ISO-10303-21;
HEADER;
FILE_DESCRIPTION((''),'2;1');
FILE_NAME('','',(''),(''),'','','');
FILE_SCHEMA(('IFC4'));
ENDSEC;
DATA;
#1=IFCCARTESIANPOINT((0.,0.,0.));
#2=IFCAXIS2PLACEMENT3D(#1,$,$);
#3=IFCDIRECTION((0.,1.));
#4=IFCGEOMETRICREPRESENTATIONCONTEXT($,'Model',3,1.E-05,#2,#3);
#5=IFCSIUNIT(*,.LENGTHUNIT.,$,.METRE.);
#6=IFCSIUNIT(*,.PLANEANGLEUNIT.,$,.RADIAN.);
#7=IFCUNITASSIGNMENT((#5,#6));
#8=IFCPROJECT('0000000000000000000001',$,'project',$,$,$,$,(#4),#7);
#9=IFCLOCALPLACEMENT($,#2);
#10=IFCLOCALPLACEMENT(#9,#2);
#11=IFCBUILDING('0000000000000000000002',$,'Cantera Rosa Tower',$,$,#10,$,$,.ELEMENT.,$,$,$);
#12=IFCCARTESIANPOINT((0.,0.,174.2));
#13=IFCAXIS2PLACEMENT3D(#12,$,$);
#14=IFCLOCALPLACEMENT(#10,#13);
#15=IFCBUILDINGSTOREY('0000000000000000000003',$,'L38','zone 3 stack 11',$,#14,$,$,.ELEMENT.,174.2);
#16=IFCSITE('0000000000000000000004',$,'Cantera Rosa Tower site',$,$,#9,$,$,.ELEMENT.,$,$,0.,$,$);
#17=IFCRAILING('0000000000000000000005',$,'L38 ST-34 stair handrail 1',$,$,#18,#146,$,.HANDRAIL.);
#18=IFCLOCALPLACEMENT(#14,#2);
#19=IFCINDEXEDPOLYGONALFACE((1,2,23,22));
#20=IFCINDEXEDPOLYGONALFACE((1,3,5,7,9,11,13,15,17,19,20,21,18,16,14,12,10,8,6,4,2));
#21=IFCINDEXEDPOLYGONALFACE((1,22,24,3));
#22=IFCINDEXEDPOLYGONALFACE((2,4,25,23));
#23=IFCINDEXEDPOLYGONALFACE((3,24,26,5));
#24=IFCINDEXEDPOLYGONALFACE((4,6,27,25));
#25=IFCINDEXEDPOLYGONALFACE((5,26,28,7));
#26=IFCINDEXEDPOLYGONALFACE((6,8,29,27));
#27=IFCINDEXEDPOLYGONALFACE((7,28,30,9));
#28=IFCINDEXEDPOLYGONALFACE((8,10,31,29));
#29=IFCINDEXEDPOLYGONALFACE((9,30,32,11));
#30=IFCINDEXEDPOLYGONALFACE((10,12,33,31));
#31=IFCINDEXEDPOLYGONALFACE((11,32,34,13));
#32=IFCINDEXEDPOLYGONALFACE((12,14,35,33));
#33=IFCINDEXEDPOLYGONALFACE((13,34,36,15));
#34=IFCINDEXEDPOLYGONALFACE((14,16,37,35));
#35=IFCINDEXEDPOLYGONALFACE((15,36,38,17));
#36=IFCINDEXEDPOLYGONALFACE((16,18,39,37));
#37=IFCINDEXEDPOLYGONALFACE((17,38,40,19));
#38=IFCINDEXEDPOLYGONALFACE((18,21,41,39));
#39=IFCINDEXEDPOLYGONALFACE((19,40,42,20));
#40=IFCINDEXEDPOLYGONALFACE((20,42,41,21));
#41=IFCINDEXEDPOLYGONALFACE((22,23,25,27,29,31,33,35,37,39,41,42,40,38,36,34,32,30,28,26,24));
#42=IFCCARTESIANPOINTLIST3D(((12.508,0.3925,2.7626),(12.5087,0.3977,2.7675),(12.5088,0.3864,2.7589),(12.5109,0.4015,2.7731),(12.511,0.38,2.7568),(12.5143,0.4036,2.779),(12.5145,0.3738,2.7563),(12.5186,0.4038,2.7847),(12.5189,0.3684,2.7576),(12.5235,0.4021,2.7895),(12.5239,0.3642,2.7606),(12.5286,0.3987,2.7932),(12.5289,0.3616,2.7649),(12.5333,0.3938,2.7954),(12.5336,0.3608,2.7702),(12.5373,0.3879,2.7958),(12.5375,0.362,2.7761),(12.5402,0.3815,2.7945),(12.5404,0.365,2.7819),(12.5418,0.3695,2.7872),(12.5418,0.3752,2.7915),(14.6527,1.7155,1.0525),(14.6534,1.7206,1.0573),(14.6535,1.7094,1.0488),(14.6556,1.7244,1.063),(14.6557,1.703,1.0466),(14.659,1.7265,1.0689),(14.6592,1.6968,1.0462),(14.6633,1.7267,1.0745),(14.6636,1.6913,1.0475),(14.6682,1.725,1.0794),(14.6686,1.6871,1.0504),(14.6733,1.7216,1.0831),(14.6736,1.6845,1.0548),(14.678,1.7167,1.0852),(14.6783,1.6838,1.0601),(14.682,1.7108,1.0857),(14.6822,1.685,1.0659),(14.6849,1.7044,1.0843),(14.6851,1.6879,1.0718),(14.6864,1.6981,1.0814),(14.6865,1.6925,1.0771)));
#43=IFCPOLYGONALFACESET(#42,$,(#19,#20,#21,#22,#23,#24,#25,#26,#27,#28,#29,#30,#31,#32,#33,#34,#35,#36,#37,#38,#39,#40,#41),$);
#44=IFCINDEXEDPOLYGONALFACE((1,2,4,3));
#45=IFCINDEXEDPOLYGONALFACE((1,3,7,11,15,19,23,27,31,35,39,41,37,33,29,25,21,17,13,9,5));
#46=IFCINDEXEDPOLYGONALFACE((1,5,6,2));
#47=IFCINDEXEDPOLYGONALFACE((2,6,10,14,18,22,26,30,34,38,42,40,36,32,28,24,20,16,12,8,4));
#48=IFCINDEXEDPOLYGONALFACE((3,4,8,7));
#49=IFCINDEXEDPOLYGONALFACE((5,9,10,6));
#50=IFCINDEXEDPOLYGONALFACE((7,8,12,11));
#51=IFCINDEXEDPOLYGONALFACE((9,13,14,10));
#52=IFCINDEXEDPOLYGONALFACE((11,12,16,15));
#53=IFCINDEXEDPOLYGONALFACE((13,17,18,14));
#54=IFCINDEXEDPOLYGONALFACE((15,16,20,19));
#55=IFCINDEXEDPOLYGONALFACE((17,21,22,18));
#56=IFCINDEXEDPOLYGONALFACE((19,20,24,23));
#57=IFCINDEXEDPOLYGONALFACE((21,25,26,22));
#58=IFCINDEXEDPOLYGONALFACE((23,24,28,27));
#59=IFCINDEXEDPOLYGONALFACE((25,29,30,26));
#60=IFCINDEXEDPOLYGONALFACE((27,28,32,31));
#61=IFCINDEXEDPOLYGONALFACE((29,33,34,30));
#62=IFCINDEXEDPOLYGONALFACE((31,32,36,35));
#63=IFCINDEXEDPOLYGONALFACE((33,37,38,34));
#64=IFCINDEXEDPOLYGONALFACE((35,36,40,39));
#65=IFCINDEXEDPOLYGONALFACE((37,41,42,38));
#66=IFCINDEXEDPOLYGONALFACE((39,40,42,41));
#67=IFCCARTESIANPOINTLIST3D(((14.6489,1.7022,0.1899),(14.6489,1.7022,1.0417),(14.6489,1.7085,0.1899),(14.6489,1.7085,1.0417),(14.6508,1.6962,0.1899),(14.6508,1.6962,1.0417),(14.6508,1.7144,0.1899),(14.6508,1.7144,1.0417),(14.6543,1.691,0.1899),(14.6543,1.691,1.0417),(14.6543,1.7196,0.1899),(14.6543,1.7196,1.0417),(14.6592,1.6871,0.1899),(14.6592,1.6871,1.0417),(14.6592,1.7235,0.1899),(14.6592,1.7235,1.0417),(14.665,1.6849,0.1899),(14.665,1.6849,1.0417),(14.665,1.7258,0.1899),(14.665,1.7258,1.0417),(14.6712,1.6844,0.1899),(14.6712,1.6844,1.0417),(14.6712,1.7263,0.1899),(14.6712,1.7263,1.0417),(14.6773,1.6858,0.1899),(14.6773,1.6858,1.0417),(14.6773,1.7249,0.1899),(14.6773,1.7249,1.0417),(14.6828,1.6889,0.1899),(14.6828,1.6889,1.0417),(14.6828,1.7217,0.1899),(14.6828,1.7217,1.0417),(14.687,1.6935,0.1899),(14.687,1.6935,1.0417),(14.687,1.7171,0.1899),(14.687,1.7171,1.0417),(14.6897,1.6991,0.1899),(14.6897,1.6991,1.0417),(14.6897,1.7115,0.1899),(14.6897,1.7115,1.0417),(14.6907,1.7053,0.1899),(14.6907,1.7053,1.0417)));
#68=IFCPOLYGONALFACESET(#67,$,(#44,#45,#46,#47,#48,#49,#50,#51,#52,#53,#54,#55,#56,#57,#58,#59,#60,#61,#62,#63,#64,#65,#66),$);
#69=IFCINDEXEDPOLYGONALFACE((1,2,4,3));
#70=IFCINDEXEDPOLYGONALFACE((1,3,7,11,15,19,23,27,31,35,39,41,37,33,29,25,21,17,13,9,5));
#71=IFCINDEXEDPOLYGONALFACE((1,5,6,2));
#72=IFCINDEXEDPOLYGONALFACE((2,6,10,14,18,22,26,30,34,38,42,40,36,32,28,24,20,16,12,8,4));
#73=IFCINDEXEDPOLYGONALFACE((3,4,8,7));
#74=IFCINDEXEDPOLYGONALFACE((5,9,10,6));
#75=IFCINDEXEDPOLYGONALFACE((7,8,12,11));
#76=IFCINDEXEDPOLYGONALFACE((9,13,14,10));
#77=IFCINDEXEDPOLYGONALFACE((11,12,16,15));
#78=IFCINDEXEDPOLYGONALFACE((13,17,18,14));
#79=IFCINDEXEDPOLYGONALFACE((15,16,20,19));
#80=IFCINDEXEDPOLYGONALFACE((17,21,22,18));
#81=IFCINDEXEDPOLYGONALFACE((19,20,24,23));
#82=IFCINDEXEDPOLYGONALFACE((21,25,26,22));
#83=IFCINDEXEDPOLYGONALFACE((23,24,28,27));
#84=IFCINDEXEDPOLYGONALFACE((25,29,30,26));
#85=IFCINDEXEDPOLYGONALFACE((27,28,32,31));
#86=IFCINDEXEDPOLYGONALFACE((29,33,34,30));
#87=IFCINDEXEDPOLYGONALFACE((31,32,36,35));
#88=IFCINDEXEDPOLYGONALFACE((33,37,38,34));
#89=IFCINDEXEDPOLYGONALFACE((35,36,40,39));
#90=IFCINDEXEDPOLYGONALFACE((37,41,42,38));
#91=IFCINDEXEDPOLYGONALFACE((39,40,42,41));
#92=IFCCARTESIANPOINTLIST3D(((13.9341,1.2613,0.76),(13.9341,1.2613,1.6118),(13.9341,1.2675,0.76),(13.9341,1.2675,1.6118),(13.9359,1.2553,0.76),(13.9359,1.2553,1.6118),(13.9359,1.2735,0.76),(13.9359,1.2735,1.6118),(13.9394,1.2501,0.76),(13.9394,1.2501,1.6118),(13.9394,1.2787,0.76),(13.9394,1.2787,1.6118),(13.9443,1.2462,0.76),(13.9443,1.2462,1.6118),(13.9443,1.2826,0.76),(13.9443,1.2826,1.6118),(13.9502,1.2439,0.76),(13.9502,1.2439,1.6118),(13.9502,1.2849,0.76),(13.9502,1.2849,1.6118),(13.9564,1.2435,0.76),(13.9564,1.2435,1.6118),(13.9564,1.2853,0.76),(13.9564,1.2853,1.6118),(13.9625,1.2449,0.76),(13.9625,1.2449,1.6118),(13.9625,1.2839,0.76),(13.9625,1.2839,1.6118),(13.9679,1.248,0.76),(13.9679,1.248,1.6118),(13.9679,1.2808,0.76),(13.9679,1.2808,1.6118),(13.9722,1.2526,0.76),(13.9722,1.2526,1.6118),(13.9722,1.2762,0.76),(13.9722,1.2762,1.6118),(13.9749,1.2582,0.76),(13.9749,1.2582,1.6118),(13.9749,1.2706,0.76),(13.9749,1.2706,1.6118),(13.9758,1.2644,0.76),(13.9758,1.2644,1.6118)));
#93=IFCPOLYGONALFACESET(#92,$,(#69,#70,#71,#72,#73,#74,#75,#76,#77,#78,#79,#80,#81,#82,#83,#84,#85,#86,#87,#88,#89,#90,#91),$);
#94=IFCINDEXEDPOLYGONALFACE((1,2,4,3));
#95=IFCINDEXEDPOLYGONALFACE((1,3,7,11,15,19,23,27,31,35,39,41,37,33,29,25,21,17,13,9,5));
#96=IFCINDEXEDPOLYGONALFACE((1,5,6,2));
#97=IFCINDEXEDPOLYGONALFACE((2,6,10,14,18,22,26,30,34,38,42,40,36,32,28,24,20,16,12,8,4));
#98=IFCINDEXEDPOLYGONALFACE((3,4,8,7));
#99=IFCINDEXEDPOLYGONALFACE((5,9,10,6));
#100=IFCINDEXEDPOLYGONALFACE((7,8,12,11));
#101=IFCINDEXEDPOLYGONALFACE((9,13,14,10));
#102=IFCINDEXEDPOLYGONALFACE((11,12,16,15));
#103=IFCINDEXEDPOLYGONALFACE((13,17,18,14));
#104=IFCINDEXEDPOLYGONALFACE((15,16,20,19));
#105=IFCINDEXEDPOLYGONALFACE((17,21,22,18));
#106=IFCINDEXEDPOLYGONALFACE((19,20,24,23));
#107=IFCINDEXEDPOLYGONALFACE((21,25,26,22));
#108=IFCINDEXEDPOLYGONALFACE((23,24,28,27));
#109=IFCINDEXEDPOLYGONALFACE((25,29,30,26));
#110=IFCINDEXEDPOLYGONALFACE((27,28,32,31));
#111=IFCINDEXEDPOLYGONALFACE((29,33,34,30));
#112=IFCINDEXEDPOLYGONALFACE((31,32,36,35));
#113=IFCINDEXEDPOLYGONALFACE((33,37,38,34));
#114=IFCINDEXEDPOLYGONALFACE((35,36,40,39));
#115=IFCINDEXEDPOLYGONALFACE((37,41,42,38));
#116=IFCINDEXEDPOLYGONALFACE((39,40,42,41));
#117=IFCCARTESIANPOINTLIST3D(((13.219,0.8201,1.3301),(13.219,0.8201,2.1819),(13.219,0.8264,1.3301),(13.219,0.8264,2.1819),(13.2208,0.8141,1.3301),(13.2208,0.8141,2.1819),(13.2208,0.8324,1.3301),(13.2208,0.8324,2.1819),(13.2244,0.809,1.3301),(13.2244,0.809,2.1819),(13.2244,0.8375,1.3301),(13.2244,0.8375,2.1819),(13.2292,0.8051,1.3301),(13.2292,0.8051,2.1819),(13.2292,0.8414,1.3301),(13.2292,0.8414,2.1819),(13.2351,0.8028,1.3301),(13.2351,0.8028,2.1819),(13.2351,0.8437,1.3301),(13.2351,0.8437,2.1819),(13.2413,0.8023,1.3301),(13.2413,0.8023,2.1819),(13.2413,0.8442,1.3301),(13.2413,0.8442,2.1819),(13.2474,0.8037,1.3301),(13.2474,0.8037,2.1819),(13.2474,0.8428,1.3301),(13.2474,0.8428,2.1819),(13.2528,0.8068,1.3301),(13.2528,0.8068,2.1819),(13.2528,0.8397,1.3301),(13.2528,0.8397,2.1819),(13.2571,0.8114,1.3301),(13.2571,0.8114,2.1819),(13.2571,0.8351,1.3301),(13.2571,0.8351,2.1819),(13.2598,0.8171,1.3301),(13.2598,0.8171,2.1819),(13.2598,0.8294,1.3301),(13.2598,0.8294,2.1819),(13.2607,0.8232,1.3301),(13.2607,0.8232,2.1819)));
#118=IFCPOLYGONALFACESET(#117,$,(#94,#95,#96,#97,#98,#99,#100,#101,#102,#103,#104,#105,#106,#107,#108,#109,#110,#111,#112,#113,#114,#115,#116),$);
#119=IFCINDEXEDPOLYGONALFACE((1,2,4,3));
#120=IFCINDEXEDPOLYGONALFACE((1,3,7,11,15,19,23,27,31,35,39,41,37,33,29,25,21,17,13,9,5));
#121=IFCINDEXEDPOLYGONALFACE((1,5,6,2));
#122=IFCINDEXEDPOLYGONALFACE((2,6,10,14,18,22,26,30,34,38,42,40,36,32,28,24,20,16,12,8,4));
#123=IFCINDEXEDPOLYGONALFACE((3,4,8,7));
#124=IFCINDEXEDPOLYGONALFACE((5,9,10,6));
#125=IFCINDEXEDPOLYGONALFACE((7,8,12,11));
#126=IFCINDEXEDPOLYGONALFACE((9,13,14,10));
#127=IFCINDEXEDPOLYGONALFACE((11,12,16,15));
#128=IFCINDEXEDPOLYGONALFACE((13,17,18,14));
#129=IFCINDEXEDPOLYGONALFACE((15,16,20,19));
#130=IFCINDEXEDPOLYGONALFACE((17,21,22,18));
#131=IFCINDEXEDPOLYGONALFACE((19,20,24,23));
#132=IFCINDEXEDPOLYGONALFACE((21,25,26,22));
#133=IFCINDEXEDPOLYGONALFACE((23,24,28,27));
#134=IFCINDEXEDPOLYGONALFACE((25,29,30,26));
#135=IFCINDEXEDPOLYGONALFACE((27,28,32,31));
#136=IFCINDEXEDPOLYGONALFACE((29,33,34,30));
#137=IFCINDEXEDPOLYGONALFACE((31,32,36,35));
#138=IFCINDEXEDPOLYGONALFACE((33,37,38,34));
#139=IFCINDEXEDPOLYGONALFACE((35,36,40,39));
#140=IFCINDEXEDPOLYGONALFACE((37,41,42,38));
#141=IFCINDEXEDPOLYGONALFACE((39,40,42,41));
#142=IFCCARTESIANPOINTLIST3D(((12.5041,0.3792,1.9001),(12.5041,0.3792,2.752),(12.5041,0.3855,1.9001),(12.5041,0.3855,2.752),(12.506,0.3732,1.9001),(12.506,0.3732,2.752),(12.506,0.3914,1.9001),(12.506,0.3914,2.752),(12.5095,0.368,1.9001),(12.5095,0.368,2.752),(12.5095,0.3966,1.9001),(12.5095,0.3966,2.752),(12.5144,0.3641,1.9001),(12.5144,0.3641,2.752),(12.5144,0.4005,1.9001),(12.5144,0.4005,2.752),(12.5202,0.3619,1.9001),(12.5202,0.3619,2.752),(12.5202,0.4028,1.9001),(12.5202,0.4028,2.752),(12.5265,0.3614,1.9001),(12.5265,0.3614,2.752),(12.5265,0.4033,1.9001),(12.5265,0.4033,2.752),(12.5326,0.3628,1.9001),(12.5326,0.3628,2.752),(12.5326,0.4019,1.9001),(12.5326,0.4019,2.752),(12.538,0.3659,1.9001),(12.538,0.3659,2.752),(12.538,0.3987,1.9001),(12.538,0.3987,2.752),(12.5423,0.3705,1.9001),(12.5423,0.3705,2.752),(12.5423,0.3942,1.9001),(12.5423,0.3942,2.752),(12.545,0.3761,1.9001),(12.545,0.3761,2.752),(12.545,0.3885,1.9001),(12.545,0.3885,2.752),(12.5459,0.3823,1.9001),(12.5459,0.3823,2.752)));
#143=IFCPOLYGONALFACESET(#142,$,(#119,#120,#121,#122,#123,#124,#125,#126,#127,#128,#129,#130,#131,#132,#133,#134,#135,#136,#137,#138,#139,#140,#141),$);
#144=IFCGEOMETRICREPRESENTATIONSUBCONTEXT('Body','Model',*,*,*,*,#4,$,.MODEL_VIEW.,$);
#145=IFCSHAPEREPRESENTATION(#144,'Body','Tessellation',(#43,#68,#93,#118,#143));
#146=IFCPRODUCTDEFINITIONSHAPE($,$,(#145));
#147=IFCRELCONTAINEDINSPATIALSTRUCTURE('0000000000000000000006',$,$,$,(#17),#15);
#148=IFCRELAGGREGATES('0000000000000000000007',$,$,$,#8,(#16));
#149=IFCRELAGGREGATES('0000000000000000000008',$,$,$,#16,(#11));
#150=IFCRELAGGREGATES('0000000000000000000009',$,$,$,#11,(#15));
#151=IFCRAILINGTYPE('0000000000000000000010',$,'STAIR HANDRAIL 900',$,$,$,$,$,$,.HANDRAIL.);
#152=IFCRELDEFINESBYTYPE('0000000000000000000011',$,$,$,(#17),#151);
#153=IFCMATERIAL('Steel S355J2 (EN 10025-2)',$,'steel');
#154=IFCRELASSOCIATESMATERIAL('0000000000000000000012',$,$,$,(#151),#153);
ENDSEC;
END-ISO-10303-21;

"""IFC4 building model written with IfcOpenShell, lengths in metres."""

from ifc_helpers import new_model, si_unit, direction, frame, origin, origin_2d, place, context, subcontext, project, spatial, circle, extrude, material, type_object, element, save


model = new_model("IFC4")

# Units and contexts
model_context = context("Model", 3, precision=1e-05, world=origin(), true_north=direction((0.0, 1.0)))
body_context = subcontext(model_context, "Body", "Model", "MODEL_VIEW")
ifc_project = project(units=[si_unit("LENGTHUNIT", "METRE"), si_unit("PLANEANGLEUNIT", "RADIAN")], contexts=[model_context])

# Site, building, storey
site_placement = place(None, origin())
site = spatial("IfcSite", under=ifc_project, at=site_placement, Name="Cantera Rosa Tower site", CompositionType="ELEMENT", RefElevation=0.0)
building_placement = place(site_placement, origin())
building = spatial("IfcBuilding", under=site, at=building_placement, Name="Cantera Rosa Tower", CompositionType="ELEMENT")
storey_placement = place(building_placement, frame((0.0, 0.0, 174.2)))
storey = spatial("IfcBuildingStorey", under=building, at=storey_placement, Name="L38", Description="zone 3 stack 11", CompositionType="ELEMENT", Elevation=174.2)

# Railing
ifc_material_1 = material(Name="Steel S355J2 (EN 10025-2)", Category="steel")
railing_type_1 = type_object("IfcRailingType", Name="STAIR HANDRAIL 900", PredefinedType="HANDRAIL", material=ifc_material_1)
railing_1_placement = place(storey_placement, frame((14.6697, 1.7053, 0.1899)))
element("IfcRailing", 1, at=railing_1_placement, inside=storey, type_object=railing_type_1, Name="L38 ST-34 stair handrail 1", PredefinedType="HANDRAIL", context=body_context, shape_type="SweptSolid", body=[
    extrude(circle(Radius=0.0239, at=origin_2d()), frame((0.0, 0.0, 0.876), z_axis=(-0.70424, -0.434408, 0.561548), x_axis=(0.525, -0.851102, 0.0)), (0.0, 0.0, 1.0), 3.0454),
    extrude(circle(Radius=0.021, at=origin_2d()), origin(), (0.0, 0.0, 1.0), 0.8518),
    extrude(circle(Radius=0.021, at=origin_2d()), frame((-0.7148, -0.4409, 0.5701)), (0.0, 0.0, 1.0), 0.8518),
    extrude(circle(Radius=0.021, at=origin_2d()), frame((-1.4299, -0.8821, 1.1401)), (0.0, 0.0, 1.0), 0.8518),
    extrude(circle(Radius=0.021, at=origin_2d()), frame((-2.1448, -1.323, 1.7102)), (0.0, 0.0, 1.0), 0.8518),
])

save(model, "model.ifc")
